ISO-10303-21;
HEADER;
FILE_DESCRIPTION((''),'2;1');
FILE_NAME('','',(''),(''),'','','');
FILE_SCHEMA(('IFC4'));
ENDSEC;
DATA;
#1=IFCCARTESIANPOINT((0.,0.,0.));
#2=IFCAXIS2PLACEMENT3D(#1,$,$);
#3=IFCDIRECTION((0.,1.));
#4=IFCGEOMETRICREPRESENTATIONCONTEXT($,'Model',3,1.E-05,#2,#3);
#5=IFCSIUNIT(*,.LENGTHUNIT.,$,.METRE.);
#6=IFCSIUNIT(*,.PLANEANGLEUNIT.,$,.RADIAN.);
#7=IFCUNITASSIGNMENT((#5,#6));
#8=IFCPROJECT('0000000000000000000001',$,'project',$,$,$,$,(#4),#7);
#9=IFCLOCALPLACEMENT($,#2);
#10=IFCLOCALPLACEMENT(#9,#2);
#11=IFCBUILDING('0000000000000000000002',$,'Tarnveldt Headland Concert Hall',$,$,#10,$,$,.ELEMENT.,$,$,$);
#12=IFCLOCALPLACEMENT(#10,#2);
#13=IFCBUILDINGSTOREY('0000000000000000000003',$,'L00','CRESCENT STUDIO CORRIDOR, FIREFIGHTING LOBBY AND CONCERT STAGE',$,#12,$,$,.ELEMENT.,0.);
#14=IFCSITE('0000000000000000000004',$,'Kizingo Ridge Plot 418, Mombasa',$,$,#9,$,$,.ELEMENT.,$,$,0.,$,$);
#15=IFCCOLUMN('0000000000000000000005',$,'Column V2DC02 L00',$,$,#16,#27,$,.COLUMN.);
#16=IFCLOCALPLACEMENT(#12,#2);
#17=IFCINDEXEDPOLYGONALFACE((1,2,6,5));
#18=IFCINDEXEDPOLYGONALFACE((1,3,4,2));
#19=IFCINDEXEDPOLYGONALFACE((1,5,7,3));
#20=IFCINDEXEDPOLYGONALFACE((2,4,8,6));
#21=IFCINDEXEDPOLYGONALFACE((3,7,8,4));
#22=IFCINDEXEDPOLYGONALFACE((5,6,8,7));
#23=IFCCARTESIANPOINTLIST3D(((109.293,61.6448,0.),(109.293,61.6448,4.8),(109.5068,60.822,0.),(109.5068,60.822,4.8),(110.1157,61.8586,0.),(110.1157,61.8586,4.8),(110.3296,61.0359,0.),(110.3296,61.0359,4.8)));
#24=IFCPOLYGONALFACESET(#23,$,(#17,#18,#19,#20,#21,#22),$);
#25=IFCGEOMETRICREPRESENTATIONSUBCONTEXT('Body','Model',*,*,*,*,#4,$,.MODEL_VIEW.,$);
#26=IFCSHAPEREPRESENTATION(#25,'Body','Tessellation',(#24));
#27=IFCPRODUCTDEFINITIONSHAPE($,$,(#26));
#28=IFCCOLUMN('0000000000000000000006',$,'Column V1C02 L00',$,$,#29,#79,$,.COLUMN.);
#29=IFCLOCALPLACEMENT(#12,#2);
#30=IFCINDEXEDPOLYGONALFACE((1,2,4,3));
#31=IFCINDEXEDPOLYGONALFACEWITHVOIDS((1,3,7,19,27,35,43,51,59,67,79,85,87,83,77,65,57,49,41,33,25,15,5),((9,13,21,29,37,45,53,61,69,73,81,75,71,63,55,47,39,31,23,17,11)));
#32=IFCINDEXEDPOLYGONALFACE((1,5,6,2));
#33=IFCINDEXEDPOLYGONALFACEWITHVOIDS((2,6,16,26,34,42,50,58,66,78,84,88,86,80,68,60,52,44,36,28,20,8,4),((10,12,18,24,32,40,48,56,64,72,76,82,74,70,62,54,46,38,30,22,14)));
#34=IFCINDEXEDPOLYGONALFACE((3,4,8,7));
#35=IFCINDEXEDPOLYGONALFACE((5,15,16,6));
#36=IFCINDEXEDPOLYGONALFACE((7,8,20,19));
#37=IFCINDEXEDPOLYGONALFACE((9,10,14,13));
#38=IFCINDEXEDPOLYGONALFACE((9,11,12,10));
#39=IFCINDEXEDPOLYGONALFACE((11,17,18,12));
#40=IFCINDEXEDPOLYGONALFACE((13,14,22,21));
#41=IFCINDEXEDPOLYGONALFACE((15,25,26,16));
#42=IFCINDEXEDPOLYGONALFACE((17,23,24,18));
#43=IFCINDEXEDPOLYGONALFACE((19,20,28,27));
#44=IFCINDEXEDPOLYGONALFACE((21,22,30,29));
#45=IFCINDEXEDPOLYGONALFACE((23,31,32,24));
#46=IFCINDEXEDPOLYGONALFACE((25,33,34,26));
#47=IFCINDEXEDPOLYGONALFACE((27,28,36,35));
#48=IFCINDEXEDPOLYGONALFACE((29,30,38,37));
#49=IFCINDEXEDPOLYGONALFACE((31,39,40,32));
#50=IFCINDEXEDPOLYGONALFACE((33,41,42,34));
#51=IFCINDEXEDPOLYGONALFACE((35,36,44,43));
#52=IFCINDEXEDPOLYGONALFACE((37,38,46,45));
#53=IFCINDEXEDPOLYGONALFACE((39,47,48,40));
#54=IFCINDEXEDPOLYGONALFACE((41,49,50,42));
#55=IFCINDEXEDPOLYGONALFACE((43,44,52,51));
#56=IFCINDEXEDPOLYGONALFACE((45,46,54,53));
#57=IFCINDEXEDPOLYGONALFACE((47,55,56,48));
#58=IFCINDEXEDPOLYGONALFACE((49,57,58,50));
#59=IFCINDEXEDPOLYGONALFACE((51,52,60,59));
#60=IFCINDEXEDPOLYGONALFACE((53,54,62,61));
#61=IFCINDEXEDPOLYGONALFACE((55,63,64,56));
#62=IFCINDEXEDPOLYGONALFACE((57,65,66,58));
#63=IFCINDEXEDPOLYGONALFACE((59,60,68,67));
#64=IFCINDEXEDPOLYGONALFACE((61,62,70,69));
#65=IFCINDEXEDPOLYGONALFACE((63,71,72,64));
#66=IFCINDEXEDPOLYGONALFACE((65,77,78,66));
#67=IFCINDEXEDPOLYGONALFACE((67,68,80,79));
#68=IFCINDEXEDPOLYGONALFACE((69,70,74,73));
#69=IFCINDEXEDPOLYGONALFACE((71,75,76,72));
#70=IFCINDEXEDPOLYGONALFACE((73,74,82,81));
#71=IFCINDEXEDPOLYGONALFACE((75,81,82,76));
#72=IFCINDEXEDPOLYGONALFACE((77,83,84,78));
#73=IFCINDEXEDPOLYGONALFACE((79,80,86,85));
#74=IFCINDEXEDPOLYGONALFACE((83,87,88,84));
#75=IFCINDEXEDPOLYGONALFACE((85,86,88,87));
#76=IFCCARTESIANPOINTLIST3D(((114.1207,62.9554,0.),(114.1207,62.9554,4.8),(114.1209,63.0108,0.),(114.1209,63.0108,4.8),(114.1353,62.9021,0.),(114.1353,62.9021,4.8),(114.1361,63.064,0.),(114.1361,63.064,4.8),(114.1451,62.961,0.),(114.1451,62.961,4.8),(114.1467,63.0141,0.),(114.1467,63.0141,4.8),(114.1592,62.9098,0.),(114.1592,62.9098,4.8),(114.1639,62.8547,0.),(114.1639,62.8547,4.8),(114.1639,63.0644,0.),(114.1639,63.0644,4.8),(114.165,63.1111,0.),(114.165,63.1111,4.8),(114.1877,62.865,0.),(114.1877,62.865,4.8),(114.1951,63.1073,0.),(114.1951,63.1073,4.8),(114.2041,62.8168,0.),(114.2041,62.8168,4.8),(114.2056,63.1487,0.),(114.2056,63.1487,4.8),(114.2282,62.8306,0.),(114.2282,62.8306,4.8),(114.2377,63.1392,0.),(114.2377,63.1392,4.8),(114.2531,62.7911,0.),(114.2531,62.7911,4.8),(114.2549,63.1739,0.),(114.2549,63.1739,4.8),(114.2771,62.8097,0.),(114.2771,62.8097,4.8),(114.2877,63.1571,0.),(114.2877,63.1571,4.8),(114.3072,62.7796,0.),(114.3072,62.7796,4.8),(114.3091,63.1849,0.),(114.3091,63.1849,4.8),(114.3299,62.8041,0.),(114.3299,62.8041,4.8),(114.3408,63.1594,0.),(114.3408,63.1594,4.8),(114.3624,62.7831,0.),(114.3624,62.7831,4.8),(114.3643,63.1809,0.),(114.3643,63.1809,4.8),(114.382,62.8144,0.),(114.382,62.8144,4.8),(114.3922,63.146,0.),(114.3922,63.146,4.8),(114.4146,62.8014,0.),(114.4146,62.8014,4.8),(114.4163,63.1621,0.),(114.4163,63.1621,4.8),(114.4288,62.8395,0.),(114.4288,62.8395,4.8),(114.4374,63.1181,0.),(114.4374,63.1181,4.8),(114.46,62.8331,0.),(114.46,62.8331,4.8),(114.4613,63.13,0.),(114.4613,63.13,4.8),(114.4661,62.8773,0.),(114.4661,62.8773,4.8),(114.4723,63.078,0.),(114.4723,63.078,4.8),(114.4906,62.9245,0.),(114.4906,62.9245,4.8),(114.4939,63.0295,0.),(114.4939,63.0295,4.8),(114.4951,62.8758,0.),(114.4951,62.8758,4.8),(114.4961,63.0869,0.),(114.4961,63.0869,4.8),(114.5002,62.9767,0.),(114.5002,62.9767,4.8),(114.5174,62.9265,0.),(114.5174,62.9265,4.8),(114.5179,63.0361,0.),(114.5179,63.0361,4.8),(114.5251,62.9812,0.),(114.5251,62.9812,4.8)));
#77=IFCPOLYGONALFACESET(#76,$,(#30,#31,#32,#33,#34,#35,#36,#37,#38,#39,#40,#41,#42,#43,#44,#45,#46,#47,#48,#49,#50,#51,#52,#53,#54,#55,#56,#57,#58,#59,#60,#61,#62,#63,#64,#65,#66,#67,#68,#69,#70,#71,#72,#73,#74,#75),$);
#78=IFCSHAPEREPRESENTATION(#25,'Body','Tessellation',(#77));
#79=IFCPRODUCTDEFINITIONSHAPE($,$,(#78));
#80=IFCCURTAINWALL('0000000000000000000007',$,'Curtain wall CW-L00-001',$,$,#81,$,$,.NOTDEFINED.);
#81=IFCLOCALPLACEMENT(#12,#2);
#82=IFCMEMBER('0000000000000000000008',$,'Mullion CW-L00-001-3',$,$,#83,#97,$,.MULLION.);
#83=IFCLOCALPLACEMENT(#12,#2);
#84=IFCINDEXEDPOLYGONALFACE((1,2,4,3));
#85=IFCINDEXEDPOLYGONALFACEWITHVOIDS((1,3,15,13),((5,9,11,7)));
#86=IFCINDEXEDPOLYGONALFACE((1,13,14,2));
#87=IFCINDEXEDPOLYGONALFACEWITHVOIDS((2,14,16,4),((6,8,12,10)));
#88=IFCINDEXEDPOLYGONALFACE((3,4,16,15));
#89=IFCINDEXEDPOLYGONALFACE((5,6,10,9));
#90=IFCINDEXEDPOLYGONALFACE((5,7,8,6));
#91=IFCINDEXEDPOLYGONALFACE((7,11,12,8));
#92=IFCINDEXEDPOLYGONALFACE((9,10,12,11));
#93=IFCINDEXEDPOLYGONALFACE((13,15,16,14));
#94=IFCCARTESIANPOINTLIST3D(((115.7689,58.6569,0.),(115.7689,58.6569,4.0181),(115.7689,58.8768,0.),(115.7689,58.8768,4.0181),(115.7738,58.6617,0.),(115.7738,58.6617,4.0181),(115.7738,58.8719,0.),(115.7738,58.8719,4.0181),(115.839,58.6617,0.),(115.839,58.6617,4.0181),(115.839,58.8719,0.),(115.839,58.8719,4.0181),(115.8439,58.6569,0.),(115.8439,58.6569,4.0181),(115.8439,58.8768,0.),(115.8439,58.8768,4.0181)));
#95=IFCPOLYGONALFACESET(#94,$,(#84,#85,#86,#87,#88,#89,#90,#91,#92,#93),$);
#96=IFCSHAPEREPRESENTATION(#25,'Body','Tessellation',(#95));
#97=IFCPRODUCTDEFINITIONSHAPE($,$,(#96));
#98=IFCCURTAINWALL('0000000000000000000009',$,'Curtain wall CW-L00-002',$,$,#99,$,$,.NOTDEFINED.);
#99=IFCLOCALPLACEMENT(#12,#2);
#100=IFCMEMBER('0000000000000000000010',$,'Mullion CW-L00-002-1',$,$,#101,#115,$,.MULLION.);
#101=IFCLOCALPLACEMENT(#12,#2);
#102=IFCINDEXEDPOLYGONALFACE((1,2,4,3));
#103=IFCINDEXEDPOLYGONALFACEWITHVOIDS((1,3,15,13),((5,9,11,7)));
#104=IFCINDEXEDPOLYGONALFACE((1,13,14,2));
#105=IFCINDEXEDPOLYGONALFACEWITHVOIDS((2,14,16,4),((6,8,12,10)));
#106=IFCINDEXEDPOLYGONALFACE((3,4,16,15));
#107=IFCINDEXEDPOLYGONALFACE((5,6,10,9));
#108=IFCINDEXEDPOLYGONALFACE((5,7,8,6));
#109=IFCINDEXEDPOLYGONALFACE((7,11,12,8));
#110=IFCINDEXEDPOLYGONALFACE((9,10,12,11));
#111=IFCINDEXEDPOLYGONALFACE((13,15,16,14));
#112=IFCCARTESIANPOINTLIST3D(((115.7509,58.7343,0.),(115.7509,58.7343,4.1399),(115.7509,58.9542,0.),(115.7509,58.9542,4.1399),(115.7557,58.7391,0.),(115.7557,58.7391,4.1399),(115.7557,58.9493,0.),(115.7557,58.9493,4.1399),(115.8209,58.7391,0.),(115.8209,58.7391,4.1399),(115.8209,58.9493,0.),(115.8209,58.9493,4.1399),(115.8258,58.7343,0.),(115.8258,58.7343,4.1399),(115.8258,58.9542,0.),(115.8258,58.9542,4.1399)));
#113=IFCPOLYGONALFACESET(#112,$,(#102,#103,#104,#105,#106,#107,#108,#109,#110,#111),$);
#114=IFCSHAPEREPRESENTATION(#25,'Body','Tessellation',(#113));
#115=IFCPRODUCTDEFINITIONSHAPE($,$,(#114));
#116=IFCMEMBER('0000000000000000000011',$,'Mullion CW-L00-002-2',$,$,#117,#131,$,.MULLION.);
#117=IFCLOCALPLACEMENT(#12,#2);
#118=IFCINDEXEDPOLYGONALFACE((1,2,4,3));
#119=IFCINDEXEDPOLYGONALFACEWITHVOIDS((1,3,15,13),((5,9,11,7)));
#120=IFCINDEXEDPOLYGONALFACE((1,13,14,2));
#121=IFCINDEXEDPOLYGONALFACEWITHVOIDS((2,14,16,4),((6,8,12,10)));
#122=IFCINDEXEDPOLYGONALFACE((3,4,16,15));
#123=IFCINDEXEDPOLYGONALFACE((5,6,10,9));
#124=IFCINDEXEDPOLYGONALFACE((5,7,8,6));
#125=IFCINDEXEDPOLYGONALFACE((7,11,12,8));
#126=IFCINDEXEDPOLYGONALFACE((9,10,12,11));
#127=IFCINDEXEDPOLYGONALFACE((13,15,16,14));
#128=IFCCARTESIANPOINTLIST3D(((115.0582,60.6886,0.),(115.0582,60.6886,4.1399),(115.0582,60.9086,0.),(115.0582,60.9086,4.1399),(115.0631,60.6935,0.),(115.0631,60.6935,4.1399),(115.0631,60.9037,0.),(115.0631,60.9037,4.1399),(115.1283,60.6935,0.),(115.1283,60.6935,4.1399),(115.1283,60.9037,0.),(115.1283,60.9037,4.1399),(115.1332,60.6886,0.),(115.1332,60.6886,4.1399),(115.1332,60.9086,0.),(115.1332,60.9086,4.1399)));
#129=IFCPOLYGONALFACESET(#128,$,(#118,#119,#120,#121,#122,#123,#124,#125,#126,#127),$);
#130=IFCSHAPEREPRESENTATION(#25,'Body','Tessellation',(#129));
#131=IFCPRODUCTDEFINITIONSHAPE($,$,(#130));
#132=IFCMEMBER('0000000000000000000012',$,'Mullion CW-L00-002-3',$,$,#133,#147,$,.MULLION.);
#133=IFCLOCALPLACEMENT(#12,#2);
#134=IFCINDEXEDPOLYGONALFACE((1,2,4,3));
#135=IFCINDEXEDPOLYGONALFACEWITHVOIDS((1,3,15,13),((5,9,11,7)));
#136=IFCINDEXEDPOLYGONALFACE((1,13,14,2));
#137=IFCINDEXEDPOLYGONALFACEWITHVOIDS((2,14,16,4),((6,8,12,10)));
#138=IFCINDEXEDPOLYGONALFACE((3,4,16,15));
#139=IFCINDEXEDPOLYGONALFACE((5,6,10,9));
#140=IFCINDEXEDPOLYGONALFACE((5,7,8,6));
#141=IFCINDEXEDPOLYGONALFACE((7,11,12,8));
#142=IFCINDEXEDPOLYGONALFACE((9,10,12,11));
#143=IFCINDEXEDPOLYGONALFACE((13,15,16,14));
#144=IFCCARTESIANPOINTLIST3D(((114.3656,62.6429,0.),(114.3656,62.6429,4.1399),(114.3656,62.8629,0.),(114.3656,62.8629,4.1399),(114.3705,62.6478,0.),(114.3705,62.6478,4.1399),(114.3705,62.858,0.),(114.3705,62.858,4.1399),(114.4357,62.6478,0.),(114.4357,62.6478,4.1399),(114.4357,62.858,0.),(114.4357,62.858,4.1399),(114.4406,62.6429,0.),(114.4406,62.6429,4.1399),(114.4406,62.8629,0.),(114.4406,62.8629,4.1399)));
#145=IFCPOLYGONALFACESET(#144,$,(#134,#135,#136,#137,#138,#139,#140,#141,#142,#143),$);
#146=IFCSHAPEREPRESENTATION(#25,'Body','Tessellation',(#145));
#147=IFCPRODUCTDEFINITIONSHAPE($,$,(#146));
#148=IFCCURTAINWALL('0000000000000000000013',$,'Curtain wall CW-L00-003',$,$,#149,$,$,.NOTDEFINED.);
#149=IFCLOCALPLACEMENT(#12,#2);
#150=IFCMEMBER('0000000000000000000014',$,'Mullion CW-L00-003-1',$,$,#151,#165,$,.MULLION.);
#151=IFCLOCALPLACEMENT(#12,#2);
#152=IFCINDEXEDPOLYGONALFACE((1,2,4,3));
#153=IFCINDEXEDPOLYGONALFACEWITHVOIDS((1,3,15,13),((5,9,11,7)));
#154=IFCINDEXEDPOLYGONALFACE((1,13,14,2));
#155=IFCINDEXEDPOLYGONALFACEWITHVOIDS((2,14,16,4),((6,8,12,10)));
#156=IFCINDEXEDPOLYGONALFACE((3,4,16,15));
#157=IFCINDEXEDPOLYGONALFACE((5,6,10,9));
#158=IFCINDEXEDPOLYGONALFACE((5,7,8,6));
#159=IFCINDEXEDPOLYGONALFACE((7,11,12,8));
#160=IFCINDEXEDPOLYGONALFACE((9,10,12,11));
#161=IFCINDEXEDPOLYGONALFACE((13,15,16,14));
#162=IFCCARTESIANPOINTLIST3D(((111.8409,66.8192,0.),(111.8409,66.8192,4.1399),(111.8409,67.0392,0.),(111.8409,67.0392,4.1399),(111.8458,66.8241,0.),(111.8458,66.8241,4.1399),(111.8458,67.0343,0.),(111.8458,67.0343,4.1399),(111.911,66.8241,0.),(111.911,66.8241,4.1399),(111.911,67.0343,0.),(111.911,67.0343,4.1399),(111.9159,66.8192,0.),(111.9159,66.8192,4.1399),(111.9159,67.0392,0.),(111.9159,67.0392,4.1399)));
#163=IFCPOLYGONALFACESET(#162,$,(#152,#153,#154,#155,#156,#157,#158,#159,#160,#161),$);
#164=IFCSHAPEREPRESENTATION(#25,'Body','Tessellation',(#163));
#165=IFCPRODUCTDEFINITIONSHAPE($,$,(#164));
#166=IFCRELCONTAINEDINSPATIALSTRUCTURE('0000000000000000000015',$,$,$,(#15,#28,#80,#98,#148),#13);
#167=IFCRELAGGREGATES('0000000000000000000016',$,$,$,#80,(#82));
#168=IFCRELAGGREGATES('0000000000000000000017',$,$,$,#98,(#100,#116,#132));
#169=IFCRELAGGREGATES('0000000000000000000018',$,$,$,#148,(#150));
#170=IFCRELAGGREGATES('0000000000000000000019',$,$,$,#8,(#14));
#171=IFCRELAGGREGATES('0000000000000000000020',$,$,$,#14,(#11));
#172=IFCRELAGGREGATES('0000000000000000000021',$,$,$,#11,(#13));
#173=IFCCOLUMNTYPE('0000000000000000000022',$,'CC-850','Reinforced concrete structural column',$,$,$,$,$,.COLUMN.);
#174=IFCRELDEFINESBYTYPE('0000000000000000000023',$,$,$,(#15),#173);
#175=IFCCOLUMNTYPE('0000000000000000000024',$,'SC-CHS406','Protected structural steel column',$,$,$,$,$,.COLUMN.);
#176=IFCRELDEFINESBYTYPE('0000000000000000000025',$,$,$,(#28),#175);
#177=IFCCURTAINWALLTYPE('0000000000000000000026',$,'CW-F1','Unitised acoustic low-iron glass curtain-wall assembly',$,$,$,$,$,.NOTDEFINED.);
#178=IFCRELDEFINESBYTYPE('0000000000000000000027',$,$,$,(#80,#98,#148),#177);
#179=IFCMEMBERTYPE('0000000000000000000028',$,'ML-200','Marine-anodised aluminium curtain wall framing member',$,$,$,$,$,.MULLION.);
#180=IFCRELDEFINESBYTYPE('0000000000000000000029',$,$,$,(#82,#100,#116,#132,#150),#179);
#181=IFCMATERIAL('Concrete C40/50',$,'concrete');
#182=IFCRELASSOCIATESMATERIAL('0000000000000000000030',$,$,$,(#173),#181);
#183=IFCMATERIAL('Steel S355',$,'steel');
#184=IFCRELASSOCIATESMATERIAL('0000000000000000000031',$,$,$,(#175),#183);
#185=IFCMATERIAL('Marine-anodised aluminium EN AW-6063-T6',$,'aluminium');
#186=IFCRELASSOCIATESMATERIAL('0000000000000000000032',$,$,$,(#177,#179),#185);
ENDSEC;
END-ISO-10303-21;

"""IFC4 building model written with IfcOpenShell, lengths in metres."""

from ifc_helpers import new_model, si_unit, direction, frame, origin, origin_2d, place, context, subcontext, project, spatial, rectangle, hollow_rectangle, hollow_circle, extrude, material, material_profile, profile_set, type_object, element, aggregate, save


model = new_model("IFC4")

# Units and contexts
model_context = context("Model", 3, precision=1e-05, world=origin(), true_north=direction((0.0, 1.0)))
body_context = subcontext(model_context, "Body", "Model", "MODEL_VIEW")
ifc_project = project(units=[si_unit("LENGTHUNIT", "METRE"), si_unit("PLANEANGLEUNIT", "RADIAN")], contexts=[model_context])

# Site, building, storey
site_placement = place(None, origin())
site = spatial("IfcSite", under=ifc_project, at=site_placement, Name="Kizingo Ridge Plot 418, Mombasa", CompositionType="ELEMENT", RefElevation=0.0)
building_placement = place(site_placement, origin())
building = spatial("IfcBuilding", under=site, at=building_placement, Name="Tarnveldt Headland Concert Hall", CompositionType="ELEMENT")
storey_placement = place(building_placement, origin())
storey = spatial("IfcBuildingStorey", under=building, at=storey_placement, Name="L00", Description="CRESCENT STUDIO CORRIDOR, FIREFIGHTING LOBBY AND CONCERT STAGE", CompositionType="ELEMENT", Elevation=0.0)

# Columns
ifc_material_1 = material(Name="Concrete C40/50", Category="concrete")
ifc_material_profile_1 = material_profile(ifc_material_1, rectangle(XDim=0.8501, YDim=0.8501, at=origin_2d()), Name="RC 850x850", Category="concrete")
ifc_profile_set_1 = profile_set([ifc_material_profile_1], Name="Concrete C40/50")
column_type_1 = type_object("IfcColumnType", Name="CC-850", Description="Reinforced concrete structural column", PredefinedType="COLUMN", material=ifc_profile_set_1)
column_1_placement = place(storey_placement, frame((109.8113, 61.3403, 0.0), z_axis=(0.0, 0.0, 1.0), x_axis=(0.967841, 0.251563, 0.0)))
element("IfcColumn", 1, at=column_1_placement, inside=storey, type_object=column_type_1, Name="Column V2DC02 L00", PredefinedType="COLUMN", context=body_context, shape_type="SweptSolid", body=[
    extrude(rectangle(XDim=0.8501, YDim=0.8501, at=origin_2d()), origin(), (0.0, 0.0, 1.0), 4.8),
])
ifc_material_2 = material(Name="Steel S355", Category="steel")
ifc_material_profile_2 = material_profile(ifc_material_2, hollow_circle(Radius=0.2031, WallThickness=0.0249, at=origin_2d()), Name="CHS 406.4x25", Category="steel")
ifc_profile_set_2 = profile_set([ifc_material_profile_2], Name="Steel S355")
column_type_2 = type_object("IfcColumnType", Name="SC-CHS406", Description="Protected structural steel column", PredefinedType="COLUMN", material=ifc_profile_set_2)
column_2_placement = place(storey_placement, frame((114.322, 62.9822, 0.0), z_axis=(0.0, 0.0, 1.0), x_axis=(0.964142, 0.265388, 0.0)))
element("IfcColumn", 2, at=column_2_placement, inside=storey, type_object=column_type_2, Name="Column V1C02 L00", PredefinedType="COLUMN", context=body_context, shape_type="SweptSolid", body=[
    extrude(hollow_circle(Radius=0.2031, WallThickness=0.0249, at=origin_2d()), origin(), (0.0, 0.0, 1.0), 4.8),
])

# Curtain wall, member
ifc_material_3 = material(Name="Marine-anodised aluminium EN AW-6063-T6", Category="aluminium")
curtain_wall_type = type_object("IfcCurtainWallType", Name="CW-F1", Description="Unitised acoustic low-iron glass curtain-wall assembly", PredefinedType="NOTDEFINED", material=ifc_material_3)
curtain_wall_1_placement = place(storey_placement, origin())
curtain_wall_1 = element("IfcCurtainWall", 3, at=curtain_wall_1_placement, inside=storey, type_object=curtain_wall_type, Name="Curtain wall CW-L00-001", PredefinedType="NOTDEFINED")
ifc_material_profile_3 = material_profile(ifc_material_3, hollow_rectangle(XDim=0.075, YDim=0.22, WallThickness=0.0049, at=origin_2d()), Name="ALU MULLION 75x220x5", Category="aluminium")
ifc_profile_set_3 = profile_set([ifc_material_profile_3], Name="Marine-anodised aluminium EN AW-6063-T6")
member_type_1 = type_object("IfcMemberType", Name="ML-200", Description="Marine-anodised aluminium curtain wall framing member", PredefinedType="MULLION", material=ifc_profile_set_3)
member_1_placement = place(storey_placement, frame((115.8064, 58.7668, 0.0), z_axis=(0.0, 0.0, 1.0), x_axis=(1.0, 0.0, 0.0)))
member_1 = element("IfcMember", 4, at=member_1_placement, type_object=member_type_1, Name="Mullion CW-L00-001-3", PredefinedType="MULLION", context=body_context, shape_type="SweptSolid", body=[
    extrude(hollow_rectangle(XDim=0.075, YDim=0.22, WallThickness=0.0049, at=origin_2d()), origin(), (0.0, 0.0, 1.0), 4.0181),
])
aggregate(curtain_wall_1, [member_1])

# Curtain wall, members
curtain_wall_2_placement = place(storey_placement, origin())
curtain_wall_2 = element("IfcCurtainWall", 5, at=curtain_wall_2_placement, inside=storey, type_object=curtain_wall_type, Name="Curtain wall CW-L00-002", PredefinedType="NOTDEFINED")
member_2_placement = place(storey_placement, frame((115.7883, 58.8442, 0.0), z_axis=(0.0, 0.0, 1.0), x_axis=(1.0, 0.0, 0.0)))
member_2 = element("IfcMember", 6, at=member_2_placement, type_object=member_type_1, Name="Mullion CW-L00-002-1", PredefinedType="MULLION", context=body_context, shape_type="SweptSolid", body=[
    extrude(hollow_rectangle(XDim=0.075, YDim=0.22, WallThickness=0.0049, at=origin_2d()), origin(), (0.0, 0.0, 1.0), 4.1399),
])
member_3_placement = place(storey_placement, frame((115.0957, 60.7986, 0.0), z_axis=(0.0, 0.0, 1.0), x_axis=(1.0, 0.0, 0.0)))
member_3 = element("IfcMember", 7, at=member_3_placement, type_object=member_type_1, Name="Mullion CW-L00-002-2", PredefinedType="MULLION", context=body_context, shape_type="SweptSolid", body=[
    extrude(hollow_rectangle(XDim=0.075, YDim=0.22, WallThickness=0.0049, at=origin_2d()), origin(), (0.0, 0.0, 1.0), 4.1399),
])
member_4_placement = place(storey_placement, frame((114.4031, 62.7529, 0.0), z_axis=(0.0, 0.0, 1.0), x_axis=(1.0, 0.0, 0.0)))
member_4 = element("IfcMember", 8, at=member_4_placement, type_object=member_type_1, Name="Mullion CW-L00-002-3", PredefinedType="MULLION", context=body_context, shape_type="SweptSolid", body=[
    extrude(hollow_rectangle(XDim=0.075, YDim=0.22, WallThickness=0.0049, at=origin_2d()), origin(), (0.0, 0.0, 1.0), 4.1399),
])

# Curtain wall, member
curtain_wall_3_placement = place(storey_placement, origin())
curtain_wall_3 = element("IfcCurtainWall", 9, at=curtain_wall_3_placement, inside=storey, type_object=curtain_wall_type, Name="Curtain wall CW-L00-003", PredefinedType="NOTDEFINED")
member_5_placement = place(storey_placement, frame((111.8784, 66.9292, 0.0), z_axis=(0.0, 0.0, 1.0), x_axis=(1.0, 0.0, 0.0)))
member_5 = element("IfcMember", 10, at=member_5_placement, type_object=member_type_1, Name="Mullion CW-L00-003-1", PredefinedType="MULLION", context=body_context, shape_type="SweptSolid", body=[
    extrude(hollow_rectangle(XDim=0.075, YDim=0.22, WallThickness=0.0049, at=origin_2d()), origin(), (0.0, 0.0, 1.0), 4.1399),
])

aggregate(curtain_wall_2, [member_2, member_3, member_4])
aggregate(curtain_wall_3, [member_5])

save(model, "model.ifc")
